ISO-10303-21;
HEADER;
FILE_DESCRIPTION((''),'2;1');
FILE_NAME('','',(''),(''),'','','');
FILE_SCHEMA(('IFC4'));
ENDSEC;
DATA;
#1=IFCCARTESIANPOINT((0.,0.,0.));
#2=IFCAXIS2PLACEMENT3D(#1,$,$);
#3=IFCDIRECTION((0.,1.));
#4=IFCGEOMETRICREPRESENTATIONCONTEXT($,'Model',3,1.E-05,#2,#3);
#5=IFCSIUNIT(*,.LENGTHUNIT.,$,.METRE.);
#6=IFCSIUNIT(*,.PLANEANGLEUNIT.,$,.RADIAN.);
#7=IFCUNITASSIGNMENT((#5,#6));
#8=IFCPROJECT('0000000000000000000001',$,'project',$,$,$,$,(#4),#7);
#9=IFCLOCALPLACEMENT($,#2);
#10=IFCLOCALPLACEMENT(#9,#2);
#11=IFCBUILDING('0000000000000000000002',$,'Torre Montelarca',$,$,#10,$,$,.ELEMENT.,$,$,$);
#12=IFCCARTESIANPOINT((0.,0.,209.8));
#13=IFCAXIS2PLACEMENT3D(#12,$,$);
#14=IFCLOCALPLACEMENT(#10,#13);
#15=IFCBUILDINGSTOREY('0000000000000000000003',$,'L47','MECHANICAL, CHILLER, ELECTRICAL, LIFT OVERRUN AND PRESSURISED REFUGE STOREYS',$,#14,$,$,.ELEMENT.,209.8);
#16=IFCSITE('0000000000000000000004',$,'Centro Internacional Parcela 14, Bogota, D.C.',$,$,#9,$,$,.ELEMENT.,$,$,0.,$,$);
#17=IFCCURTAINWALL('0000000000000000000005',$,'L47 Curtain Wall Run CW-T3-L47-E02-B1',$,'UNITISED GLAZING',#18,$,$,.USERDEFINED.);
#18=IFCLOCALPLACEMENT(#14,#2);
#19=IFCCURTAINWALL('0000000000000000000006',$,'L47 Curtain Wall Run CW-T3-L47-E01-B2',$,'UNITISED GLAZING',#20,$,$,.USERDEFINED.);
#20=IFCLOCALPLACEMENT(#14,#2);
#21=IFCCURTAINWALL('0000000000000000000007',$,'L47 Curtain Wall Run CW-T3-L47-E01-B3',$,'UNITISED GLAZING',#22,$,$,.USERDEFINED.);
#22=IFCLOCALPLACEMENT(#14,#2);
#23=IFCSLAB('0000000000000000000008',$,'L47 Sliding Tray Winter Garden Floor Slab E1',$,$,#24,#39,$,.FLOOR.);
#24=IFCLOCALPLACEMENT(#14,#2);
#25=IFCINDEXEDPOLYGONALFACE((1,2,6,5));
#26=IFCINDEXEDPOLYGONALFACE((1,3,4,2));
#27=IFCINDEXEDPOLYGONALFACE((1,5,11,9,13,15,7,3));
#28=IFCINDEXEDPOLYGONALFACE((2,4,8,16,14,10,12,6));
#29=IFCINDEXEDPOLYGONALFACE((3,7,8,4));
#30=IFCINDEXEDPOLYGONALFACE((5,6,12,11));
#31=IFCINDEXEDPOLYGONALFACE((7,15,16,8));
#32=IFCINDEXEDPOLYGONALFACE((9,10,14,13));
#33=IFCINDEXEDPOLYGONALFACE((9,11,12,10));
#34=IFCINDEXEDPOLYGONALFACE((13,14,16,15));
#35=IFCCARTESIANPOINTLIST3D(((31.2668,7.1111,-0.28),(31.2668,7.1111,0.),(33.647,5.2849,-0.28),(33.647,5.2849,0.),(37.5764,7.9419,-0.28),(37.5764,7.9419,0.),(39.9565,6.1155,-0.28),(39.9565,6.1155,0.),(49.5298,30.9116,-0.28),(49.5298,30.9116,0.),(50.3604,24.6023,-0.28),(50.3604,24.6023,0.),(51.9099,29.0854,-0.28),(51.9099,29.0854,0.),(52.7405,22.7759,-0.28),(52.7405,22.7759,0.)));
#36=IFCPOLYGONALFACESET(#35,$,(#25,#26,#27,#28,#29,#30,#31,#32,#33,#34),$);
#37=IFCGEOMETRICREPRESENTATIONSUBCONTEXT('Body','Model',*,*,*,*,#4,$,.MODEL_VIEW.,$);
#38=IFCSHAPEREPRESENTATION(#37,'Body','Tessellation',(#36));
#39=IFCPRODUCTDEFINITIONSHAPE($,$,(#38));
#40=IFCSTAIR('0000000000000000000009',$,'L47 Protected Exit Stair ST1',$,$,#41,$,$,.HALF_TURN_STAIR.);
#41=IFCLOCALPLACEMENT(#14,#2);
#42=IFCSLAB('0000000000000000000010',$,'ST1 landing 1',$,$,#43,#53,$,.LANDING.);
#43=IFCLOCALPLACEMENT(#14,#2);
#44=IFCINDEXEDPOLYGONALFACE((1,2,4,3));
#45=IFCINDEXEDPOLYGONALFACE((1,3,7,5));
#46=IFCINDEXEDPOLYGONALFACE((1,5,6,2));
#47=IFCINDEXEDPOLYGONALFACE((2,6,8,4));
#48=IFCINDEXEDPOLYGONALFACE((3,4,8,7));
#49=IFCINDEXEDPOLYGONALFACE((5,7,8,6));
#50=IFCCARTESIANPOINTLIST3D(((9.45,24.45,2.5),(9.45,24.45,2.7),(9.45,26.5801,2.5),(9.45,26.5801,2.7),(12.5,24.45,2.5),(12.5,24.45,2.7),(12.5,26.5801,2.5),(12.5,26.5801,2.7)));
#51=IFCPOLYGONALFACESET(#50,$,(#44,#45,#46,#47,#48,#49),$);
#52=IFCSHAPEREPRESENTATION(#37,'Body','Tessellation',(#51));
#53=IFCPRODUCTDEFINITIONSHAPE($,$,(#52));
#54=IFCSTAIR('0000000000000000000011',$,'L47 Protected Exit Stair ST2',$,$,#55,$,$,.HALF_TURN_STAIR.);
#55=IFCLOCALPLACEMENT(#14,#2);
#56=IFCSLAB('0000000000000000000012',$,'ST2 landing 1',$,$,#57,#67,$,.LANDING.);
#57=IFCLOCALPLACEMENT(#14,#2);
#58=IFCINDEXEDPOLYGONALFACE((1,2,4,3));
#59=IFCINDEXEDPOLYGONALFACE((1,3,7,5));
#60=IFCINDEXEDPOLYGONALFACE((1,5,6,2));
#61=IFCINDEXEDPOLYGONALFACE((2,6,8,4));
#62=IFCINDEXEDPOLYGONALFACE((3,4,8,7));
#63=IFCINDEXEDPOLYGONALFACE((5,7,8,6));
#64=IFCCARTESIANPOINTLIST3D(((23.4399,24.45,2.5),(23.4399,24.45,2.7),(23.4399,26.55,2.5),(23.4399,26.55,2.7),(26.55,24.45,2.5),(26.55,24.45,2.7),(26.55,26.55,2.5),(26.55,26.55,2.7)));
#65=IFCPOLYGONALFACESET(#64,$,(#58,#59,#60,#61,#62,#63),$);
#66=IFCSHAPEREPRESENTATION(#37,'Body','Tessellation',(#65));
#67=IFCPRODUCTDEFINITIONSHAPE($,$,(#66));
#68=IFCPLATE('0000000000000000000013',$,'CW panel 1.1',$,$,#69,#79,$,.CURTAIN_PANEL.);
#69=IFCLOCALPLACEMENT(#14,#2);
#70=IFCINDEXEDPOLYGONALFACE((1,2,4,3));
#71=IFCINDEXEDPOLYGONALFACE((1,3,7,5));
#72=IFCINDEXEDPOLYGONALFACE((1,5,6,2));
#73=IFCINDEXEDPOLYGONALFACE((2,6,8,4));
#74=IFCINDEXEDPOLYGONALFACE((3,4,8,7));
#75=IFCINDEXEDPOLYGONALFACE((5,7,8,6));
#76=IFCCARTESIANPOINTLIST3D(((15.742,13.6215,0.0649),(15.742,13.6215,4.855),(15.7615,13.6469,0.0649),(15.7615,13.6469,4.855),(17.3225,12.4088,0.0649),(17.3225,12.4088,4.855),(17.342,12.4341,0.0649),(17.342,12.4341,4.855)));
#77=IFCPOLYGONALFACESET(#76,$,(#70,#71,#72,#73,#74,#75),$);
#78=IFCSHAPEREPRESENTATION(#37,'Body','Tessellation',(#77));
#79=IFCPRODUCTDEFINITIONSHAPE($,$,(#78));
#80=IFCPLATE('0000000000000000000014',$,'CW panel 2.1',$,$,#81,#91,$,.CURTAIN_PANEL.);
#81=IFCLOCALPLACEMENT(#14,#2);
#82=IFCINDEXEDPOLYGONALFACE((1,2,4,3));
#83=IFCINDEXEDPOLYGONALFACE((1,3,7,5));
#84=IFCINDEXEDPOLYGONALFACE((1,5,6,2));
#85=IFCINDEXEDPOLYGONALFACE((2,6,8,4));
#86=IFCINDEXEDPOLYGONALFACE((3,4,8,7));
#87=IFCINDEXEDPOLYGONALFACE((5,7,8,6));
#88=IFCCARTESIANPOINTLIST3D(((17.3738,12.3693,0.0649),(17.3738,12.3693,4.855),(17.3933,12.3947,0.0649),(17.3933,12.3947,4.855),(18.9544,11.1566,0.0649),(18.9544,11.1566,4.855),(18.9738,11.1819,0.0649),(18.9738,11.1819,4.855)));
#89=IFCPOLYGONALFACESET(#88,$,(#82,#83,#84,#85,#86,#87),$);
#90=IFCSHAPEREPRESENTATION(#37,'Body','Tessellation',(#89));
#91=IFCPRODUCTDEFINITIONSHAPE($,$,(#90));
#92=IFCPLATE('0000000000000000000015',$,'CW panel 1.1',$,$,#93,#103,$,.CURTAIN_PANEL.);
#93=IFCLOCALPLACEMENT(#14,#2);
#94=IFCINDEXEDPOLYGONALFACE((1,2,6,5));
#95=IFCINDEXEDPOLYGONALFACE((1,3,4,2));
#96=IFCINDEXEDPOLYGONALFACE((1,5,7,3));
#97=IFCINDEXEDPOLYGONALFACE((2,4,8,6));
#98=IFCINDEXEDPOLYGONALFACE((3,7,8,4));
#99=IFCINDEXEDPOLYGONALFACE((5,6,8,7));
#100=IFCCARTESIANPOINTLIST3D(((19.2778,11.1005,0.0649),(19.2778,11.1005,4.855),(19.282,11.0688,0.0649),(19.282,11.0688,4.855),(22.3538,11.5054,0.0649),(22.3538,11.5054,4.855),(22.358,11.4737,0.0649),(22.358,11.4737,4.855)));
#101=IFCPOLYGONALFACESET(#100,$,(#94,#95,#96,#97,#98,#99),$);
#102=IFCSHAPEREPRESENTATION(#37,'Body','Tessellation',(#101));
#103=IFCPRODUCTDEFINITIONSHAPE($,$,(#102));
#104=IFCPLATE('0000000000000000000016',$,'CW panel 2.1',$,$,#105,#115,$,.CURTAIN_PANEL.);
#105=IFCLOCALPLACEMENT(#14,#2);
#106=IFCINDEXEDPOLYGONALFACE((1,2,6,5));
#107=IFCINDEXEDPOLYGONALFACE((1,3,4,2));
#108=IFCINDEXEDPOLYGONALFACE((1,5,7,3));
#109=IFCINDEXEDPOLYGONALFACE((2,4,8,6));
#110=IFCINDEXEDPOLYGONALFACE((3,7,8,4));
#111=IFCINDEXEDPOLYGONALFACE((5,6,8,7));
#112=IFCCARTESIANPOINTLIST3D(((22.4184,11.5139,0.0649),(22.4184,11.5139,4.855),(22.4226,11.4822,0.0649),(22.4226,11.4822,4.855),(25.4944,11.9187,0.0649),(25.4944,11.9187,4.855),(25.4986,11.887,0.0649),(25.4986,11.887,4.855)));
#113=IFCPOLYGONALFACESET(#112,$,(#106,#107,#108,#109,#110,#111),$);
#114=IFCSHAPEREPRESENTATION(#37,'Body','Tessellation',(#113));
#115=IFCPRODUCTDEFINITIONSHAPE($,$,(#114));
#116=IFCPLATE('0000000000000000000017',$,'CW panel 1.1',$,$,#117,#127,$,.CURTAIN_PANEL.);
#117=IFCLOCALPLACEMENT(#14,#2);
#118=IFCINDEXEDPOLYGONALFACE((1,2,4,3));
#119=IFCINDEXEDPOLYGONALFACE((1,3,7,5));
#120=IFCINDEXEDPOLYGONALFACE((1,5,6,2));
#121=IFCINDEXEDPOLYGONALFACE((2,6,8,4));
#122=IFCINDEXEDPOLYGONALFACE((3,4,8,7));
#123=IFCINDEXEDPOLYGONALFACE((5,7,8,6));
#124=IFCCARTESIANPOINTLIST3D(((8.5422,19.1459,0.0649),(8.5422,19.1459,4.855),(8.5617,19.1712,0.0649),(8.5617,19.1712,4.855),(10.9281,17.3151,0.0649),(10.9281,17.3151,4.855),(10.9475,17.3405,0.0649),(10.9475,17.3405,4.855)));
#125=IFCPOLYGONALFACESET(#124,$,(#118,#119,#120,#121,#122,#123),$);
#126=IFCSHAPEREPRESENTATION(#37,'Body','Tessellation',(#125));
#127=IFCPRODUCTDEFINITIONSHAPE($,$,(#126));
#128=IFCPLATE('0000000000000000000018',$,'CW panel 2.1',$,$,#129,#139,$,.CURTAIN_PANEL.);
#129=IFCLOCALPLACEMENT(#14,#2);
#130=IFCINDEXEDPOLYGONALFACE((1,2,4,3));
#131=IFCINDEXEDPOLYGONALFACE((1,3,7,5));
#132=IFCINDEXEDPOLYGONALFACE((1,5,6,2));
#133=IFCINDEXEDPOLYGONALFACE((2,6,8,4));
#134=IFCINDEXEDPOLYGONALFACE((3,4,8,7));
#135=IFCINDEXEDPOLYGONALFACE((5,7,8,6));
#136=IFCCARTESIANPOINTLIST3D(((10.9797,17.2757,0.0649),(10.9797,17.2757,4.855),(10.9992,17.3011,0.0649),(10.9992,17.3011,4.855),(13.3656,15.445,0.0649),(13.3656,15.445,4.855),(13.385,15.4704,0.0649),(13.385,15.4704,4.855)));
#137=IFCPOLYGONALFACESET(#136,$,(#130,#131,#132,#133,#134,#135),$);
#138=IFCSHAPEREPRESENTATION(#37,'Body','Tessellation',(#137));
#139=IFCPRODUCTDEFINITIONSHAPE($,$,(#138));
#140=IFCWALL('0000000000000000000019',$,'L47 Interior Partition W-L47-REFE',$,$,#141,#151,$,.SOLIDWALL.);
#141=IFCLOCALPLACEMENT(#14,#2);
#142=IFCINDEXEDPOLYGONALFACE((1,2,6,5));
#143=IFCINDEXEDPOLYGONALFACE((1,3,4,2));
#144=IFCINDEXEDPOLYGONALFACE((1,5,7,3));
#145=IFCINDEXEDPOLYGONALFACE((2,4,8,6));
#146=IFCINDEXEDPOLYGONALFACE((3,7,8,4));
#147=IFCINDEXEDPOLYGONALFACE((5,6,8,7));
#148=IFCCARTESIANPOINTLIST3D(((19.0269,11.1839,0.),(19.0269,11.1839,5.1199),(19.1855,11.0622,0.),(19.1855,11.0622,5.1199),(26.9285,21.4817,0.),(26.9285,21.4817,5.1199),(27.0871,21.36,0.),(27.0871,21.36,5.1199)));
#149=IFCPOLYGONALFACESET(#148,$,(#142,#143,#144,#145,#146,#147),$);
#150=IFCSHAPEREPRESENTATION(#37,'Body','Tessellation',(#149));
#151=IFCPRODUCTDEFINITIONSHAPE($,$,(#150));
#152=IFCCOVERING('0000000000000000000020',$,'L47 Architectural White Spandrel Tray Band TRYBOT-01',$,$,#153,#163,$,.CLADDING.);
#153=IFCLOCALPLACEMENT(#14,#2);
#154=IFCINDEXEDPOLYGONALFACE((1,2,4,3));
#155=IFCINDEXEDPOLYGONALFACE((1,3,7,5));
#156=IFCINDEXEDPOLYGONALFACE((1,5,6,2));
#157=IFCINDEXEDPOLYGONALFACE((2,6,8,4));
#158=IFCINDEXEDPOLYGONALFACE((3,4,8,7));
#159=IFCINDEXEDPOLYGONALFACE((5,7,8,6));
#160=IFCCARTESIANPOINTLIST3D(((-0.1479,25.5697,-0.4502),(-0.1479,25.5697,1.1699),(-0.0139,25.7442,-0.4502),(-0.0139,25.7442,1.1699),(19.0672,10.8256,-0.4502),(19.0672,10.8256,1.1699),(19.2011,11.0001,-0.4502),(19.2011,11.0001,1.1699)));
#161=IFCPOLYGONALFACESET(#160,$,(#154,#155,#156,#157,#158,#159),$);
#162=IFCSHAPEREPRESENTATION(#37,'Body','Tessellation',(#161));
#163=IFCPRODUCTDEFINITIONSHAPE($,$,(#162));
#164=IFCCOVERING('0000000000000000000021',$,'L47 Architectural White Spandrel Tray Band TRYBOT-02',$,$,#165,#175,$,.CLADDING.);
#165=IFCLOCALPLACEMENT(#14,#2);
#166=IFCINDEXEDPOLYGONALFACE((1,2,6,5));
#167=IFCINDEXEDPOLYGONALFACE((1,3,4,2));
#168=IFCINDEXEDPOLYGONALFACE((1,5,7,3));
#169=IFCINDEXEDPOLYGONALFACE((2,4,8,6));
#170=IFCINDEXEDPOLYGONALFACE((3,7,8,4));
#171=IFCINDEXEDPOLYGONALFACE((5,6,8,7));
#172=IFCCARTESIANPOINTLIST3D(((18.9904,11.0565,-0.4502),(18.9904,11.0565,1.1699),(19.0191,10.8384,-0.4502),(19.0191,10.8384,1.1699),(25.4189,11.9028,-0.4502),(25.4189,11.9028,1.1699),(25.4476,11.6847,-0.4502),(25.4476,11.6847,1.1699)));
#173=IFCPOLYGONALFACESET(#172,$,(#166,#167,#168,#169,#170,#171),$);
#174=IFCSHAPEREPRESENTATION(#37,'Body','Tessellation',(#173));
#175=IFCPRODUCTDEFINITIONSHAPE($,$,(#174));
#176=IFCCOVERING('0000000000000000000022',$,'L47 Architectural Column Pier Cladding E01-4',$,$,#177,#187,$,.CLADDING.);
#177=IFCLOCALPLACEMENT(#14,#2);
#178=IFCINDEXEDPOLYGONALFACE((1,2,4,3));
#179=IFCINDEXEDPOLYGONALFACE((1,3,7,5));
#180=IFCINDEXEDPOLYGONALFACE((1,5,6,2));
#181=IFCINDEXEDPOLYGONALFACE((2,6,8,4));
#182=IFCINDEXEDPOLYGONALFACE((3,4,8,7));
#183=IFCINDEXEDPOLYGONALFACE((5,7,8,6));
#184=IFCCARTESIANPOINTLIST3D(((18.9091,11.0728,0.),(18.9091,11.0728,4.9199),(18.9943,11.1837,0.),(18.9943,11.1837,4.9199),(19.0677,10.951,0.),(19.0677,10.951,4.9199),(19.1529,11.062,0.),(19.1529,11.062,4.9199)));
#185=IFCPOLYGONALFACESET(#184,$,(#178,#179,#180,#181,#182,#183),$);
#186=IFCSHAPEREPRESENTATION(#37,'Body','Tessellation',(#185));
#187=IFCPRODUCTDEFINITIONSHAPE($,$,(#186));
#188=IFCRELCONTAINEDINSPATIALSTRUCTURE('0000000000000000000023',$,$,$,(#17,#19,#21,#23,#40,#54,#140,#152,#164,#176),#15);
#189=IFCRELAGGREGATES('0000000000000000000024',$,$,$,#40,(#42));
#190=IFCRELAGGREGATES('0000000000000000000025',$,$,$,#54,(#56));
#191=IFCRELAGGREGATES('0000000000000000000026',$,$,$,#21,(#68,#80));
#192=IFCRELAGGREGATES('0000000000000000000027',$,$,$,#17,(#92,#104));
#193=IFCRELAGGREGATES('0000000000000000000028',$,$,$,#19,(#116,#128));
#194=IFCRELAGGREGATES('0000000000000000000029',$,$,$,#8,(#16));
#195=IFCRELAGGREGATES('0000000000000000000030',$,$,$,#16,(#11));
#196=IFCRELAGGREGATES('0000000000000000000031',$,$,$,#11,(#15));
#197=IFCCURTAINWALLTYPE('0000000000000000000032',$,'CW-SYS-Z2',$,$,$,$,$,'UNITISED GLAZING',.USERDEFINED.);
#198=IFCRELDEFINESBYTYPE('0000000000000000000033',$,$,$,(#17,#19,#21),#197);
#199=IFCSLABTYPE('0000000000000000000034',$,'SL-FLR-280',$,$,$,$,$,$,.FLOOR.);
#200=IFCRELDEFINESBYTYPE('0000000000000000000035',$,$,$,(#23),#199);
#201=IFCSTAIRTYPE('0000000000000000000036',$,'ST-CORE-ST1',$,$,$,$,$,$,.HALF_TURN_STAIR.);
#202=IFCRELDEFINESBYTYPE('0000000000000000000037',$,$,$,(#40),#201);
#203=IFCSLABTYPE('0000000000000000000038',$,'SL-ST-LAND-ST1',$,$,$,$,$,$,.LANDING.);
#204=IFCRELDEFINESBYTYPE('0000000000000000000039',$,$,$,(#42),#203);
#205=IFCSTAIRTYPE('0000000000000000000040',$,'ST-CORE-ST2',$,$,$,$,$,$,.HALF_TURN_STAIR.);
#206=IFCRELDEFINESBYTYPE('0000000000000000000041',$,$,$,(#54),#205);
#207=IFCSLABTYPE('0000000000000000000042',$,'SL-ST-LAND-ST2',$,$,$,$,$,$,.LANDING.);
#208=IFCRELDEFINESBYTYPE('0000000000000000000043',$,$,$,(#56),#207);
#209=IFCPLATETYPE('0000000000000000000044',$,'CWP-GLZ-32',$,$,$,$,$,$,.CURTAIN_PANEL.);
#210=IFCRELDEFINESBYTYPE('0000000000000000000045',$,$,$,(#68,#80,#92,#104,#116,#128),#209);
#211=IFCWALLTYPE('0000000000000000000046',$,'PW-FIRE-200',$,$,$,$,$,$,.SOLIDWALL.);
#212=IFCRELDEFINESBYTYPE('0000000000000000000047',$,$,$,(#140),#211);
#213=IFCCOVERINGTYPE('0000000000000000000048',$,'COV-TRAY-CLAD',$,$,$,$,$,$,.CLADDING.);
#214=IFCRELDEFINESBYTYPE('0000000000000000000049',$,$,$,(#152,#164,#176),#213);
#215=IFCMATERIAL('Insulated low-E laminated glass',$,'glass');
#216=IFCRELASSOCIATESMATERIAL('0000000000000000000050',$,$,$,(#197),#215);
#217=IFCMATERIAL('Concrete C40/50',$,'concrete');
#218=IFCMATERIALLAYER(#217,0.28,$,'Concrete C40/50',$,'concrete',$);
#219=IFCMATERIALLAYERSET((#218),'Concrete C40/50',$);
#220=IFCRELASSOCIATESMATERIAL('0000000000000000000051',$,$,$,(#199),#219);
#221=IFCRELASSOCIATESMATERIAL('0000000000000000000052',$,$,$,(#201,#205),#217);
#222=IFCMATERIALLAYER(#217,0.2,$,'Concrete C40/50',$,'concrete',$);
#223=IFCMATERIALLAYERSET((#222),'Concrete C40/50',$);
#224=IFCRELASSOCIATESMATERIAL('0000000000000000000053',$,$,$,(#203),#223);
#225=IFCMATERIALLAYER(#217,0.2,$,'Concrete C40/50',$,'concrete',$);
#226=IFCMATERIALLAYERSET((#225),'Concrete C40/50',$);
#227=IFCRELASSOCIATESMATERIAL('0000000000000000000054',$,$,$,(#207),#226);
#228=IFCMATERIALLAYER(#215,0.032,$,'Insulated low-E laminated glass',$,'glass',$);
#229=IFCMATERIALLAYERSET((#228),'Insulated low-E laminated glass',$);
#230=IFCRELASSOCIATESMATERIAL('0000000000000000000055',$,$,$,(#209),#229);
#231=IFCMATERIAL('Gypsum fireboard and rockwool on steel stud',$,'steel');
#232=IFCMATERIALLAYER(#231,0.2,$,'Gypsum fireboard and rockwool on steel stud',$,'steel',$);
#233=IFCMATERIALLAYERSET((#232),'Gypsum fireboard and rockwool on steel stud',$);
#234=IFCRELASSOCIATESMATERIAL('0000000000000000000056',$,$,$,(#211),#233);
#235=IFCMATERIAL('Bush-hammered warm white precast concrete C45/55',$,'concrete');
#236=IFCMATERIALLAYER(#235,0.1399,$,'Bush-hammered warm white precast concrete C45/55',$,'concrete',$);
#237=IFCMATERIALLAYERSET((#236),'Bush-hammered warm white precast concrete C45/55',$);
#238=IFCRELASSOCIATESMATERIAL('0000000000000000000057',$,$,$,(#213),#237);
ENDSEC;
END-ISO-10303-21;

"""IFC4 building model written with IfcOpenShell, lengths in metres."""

from ifc_helpers import new_model, si_unit, direction, frame, frame_2d, origin, origin_2d, place, context, subcontext, project, spatial, polyline, rectangle, outline, extrude, source, transform, mapped, material, layer, layer_set, type_object, element, aggregate, save


model = new_model("IFC4")

# Units and contexts
model_context = context("Model", 3, precision=1e-05, world=origin(), true_north=direction((0.0, 1.0)))
body_context = subcontext(model_context, "Body", "Model", "MODEL_VIEW")
ifc_project = project(units=[si_unit("LENGTHUNIT", "METRE"), si_unit("PLANEANGLEUNIT", "RADIAN")], contexts=[model_context])

# Site, building, storey
site_placement = place(None, origin())
site = spatial("IfcSite", under=ifc_project, at=site_placement, Name="Centro Internacional Parcela 14, Bogota, D.C.", CompositionType="ELEMENT", RefElevation=0.0)
building_placement = place(site_placement, origin())
building = spatial("IfcBuilding", under=site, at=building_placement, Name="Torre Montelarca", CompositionType="ELEMENT")
storey_placement = place(building_placement, frame((0.0, 0.0, 209.8)))
storey = spatial("IfcBuildingStorey", under=building, at=storey_placement, Name="L47", Description="MECHANICAL, CHILLER, ELECTRICAL, LIFT OVERRUN AND PRESSURISED REFUGE STOREYS", CompositionType="ELEMENT", Elevation=209.8)

# Curtain walls
ifc_material_1 = material(Name="Insulated low-E laminated glass", Category="glass")
curtain_wall_type = type_object("IfcCurtainWallType", Name="CW-SYS-Z2", ElementType="UNITISED GLAZING", PredefinedType="USERDEFINED", material=ifc_material_1)
curtain_wall_1_placement = place(storey_placement, origin())
curtain_wall_1 = element("IfcCurtainWall", 1, at=curtain_wall_1_placement, inside=storey, type_object=curtain_wall_type, Name="L47 Curtain Wall Run CW-T3-L47-E02-B1", ObjectType="UNITISED GLAZING", PredefinedType="USERDEFINED")
curtain_wall_2_placement = place(storey_placement, origin())
curtain_wall_2 = element("IfcCurtainWall", 2, at=curtain_wall_2_placement, inside=storey, type_object=curtain_wall_type, Name="L47 Curtain Wall Run CW-T3-L47-E01-B2", ObjectType="UNITISED GLAZING", PredefinedType="USERDEFINED")
curtain_wall_3_placement = place(storey_placement, origin())
curtain_wall_3 = element("IfcCurtainWall", 3, at=curtain_wall_3_placement, inside=storey, type_object=curtain_wall_type, Name="L47 Curtain Wall Run CW-T3-L47-E01-B3", ObjectType="UNITISED GLAZING", PredefinedType="USERDEFINED")

# Slab
ifc_material_2 = material(Name="Concrete C40/50", Category="concrete")
ifc_layer_1 = layer(ifc_material_2, 0.28, Name="Concrete C40/50", Category="concrete")
ifc_layer_set_1 = layer_set([ifc_layer_1], Name="Concrete C40/50")
slab_type_1 = type_object("IfcSlabType", Name="SL-FLR-280", PredefinedType="FLOOR", material=ifc_layer_set_1)
slab_1_placement = place(storey_placement, frame((0.0, 0.0, -0.28)))
element("IfcSlab", 4, at=slab_1_placement, inside=storey, type_object=slab_type_1, Name="L47 Sliding Tray Winter Garden Floor Slab E1", PredefinedType="FLOOR", context=body_context, shape_type="SweptSolid", body=[
    extrude(outline(polyline([(49.5298, 30.9116), (50.3604, 24.6023), (37.5764, 7.9419), (31.2668, 7.1111), (33.647, 5.2849), (39.9565, 6.1155), (52.7405, 22.7759), (51.9099, 29.0854), (49.5298, 30.9116)])), origin(), (0.0, 0.0, 1.0), 0.28),
])

# Stairs, slabs
stair_type_1 = type_object("IfcStairType", Name="ST-CORE-ST1", PredefinedType="HALF_TURN_STAIR", material=ifc_material_2)
stair_1_placement = place(storey_placement, origin())
stair_1 = element("IfcStair", 5, at=stair_1_placement, inside=storey, type_object=stair_type_1, Name="L47 Protected Exit Stair ST1", PredefinedType="HALF_TURN_STAIR")
ifc_layer_2 = layer(ifc_material_2, 0.2, Name="Concrete C40/50", Category="concrete")
ifc_layer_set_2 = layer_set([ifc_layer_2], Name="Concrete C40/50")
slab_type_2 = type_object("IfcSlabType", Name="SL-ST-LAND-ST1", PredefinedType="LANDING", material=ifc_layer_set_2)
slab_2_placement = place(storey_placement, frame((0.0, 0.0, 2.5)))
slab_2 = element("IfcSlab", 6, at=slab_2_placement, type_object=slab_type_2, Name="ST1 landing 1", PredefinedType="LANDING", context=body_context, shape_type="SweptSolid", body=[
    extrude(outline(polyline([(9.45, 26.5801), (9.45, 24.45), (12.5, 24.45), (12.5, 26.5801), (9.45, 26.5801)])), origin(), (0.0, 0.0, 1.0), 0.2),
])
aggregate(stair_1, [slab_2])
stair_type_2 = type_object("IfcStairType", Name="ST-CORE-ST2", PredefinedType="HALF_TURN_STAIR", material=ifc_material_2)
stair_2_placement = place(storey_placement, origin())
stair_2 = element("IfcStair", 7, at=stair_2_placement, inside=storey, type_object=stair_type_2, Name="L47 Protected Exit Stair ST2", PredefinedType="HALF_TURN_STAIR")
ifc_layer_3 = layer(ifc_material_2, 0.2, Name="Concrete C40/50", Category="concrete")
ifc_layer_set_3 = layer_set([ifc_layer_3], Name="Concrete C40/50")
slab_type_3 = type_object("IfcSlabType", Name="SL-ST-LAND-ST2", PredefinedType="LANDING", material=ifc_layer_set_3)
slab_3_placement = place(storey_placement, frame((0.0, 0.0, 2.5)))
slab_3 = element("IfcSlab", 8, at=slab_3_placement, type_object=slab_type_3, Name="ST2 landing 1", PredefinedType="LANDING", context=body_context, shape_type="SweptSolid", body=[
    extrude(outline(polyline([(23.4399, 26.55), (23.4399, 24.45), (26.55, 24.45), (26.55, 26.55), (23.4399, 26.55)])), origin(), (0.0, 0.0, 1.0), 0.2),
])
aggregate(stair_2, [slab_3])

# Plates
ifc_layer_4 = layer(ifc_material_1, 0.032, Name="Insulated low-E laminated glass", Category="glass")
ifc_layer_set_4 = layer_set([ifc_layer_4], Name="Insulated low-E laminated glass")
plate_type = type_object("IfcPlateType", Name="CWP-GLZ-32", PredefinedType="CURTAIN_PANEL", material=ifc_layer_set_4)
shared_shape_1 = source(origin(), body_context, "Body", "SweptSolid", [
    extrude(rectangle(XDim=1.9922, YDim=0.032, at=origin_2d()), origin(), (0.0, 0.0, 1.0), 4.79),
])
plate_1_placement = place(storey_placement, frame((16.542, 13.0278, 0.0649), z_axis=(0.0, 0.0, 1.0), x_axis=(0.793359, -0.608754, 0.0)))
plate_1 = element("IfcPlate", 9, at=plate_1_placement, type_object=plate_type, Name="CW panel 1.1", PredefinedType="CURTAIN_PANEL", context=body_context, shape_type="MappedRepresentation", body=[
    mapped(shared_shape_1, transform((0.0, 0.0, 0.0), scale=1.0)),
])
plate_2_placement = place(storey_placement, frame((18.1738, 11.7756, 0.0649), z_axis=(0.0, 0.0, 1.0), x_axis=(0.793359, -0.608754, 0.0)))
plate_2 = element("IfcPlate", 10, at=plate_2_placement, type_object=plate_type, Name="CW panel 2.1", PredefinedType="CURTAIN_PANEL", context=body_context, shape_type="MappedRepresentation", body=[
    mapped(shared_shape_1, transform((0.0, 0.0, 0.0), scale=1.0)),
])
aggregate(curtain_wall_3, [plate_1, plate_2])
shared_shape_2 = source(origin(), body_context, "Body", "SweptSolid", [
    extrude(rectangle(XDim=3.1025, YDim=0.032, at=origin_2d()), origin(), (0.0, 0.0, 1.0), 4.79),
])
plate_3_placement = place(storey_placement, frame((20.8179, 11.2871, 0.0649), z_axis=(0.0, 0.0, 1.0), x_axis=(0.991449, 0.130495, 0.0)))
plate_3 = element("IfcPlate", 11, at=plate_3_placement, type_object=plate_type, Name="CW panel 1.1", PredefinedType="CURTAIN_PANEL", context=body_context, shape_type="MappedRepresentation", body=[
    mapped(shared_shape_2, transform((0.0, 0.0, 0.0), scale=1.0)),
])
plate_4_placement = place(storey_placement, frame((23.9585, 11.7004, 0.0649), z_axis=(0.0, 0.0, 1.0), x_axis=(0.991449, 0.130495, 0.0)))
plate_4 = element("IfcPlate", 12, at=plate_4_placement, type_object=plate_type, Name="CW panel 2.1", PredefinedType="CURTAIN_PANEL", context=body_context, shape_type="MappedRepresentation", body=[
    mapped(shared_shape_2, transform((0.0, 0.0, 0.0), scale=1.0)),
])
aggregate(curtain_wall_1, [plate_3, plate_4])
shared_shape_3 = source(origin(), body_context, "Body", "SweptSolid", [
    extrude(rectangle(XDim=3.0073, YDim=0.032, at=origin_2d()), origin(), (0.0, 0.0, 1.0), 4.79),
])
plate_5_placement = place(storey_placement, frame((9.7449, 18.2432, 0.0649), z_axis=(0.0, 0.0, 1.0), x_axis=(0.793352, -0.608763, 0.0)))
plate_5 = element("IfcPlate", 13, at=plate_5_placement, type_object=plate_type, Name="CW panel 1.1", PredefinedType="CURTAIN_PANEL", context=body_context, shape_type="MappedRepresentation", body=[
    mapped(shared_shape_3, transform((0.0, 0.0, 0.0), scale=1.0)),
])
plate_6_placement = place(storey_placement, frame((12.1824, 16.373, 0.0649), z_axis=(0.0, 0.0, 1.0), x_axis=(0.793352, -0.608763, 0.0)))
plate_6 = element("IfcPlate", 14, at=plate_6_placement, type_object=plate_type, Name="CW panel 2.1", PredefinedType="CURTAIN_PANEL", context=body_context, shape_type="MappedRepresentation", body=[
    mapped(shared_shape_3, transform((0.0, 0.0, 0.0), scale=1.0)),
])
aggregate(curtain_wall_2, [plate_5, plate_6])

# Wall
ifc_material_3 = material(Name="Gypsum fireboard and rockwool on steel stud", Category="steel")
ifc_layer_5 = layer(ifc_material_3, 0.2, Name="Gypsum fireboard and rockwool on steel stud", Category="steel")
ifc_layer_set_5 = layer_set([ifc_layer_5], Name="Gypsum fireboard and rockwool on steel stud")
wall_type = type_object("IfcWallType", Name="PW-FIRE-200", PredefinedType="SOLIDWALL", material=ifc_layer_set_5)
wall_placement = place(storey_placement, frame((19.1062, 11.123, 0.0), z_axis=(0.0, 0.0, 1.0), x_axis=(0.608751, 0.793361, 0.0)))
element("IfcWall", 15, at=wall_placement, inside=storey, type_object=wall_type, Name="L47 Interior Partition W-L47-REFE", PredefinedType="SOLIDWALL", context=body_context, shape_type="SweptSolid", body=[
    extrude(rectangle(XDim=12.98, YDim=0.2, at=frame_2d((6.49, 0.0))), origin(), (0.0, 0.0, 1.0), 5.1199),
])

# Coverings
ifc_material_4 = material(Name="Bush-hammered warm white precast concrete C45/55", Category="concrete")
ifc_layer_6 = layer(ifc_material_4, 0.1399, Name="Bush-hammered warm white precast concrete C45/55", Category="concrete")
ifc_layer_set_6 = layer_set([ifc_layer_6], Name="Bush-hammered warm white precast concrete C45/55")
covering_type = type_object("IfcCoveringType", Name="COV-TRAY-CLAD", PredefinedType="CLADDING", material=ifc_layer_set_6)
shared_shape_4 = source(origin(), body_context, "Body", "SweptSolid", [
    extrude(rectangle(XDim=24.22, YDim=0.22, at=origin_2d()), origin(), (0.0, 0.0, 1.0), 1.6201),
])
covering_1_placement = place(storey_placement, frame((9.5266, 18.2849, -0.4502), z_axis=(0.0, 0.0, 1.0), x_axis=(0.793354, -0.60876, 0.0)))
element("IfcCovering", 16, at=covering_1_placement, inside=storey, type_object=covering_type, Name="L47 Architectural White Spandrel Tray Band TRYBOT-01", PredefinedType="CLADDING", context=body_context, shape_type="MappedRepresentation", body=[
    mapped(shared_shape_4, transform((0.0, 0.0, 0.0), scale=1.0)),
])
shared_shape_5 = source(origin(), body_context, "Body", "SweptSolid", [
    extrude(rectangle(XDim=6.4839, YDim=0.22, at=origin_2d()), origin(), (0.0, 0.0, 1.0), 1.6201),
])
covering_2_placement = place(storey_placement, frame((22.219, 11.3706, -0.4502), z_axis=(0.0, 0.0, 1.0), x_axis=(0.991446, 0.130518, 0.0)))
element("IfcCovering", 17, at=covering_2_placement, inside=storey, type_object=covering_type, Name="L47 Architectural White Spandrel Tray Band TRYBOT-02", PredefinedType="CLADDING", context=body_context, shape_type="MappedRepresentation", body=[
    mapped(shared_shape_5, transform((0.0, 0.0, 0.0), scale=1.0)),
])
shared_shape_6 = source(origin(), body_context, "Body", "SweptSolid", [
    extrude(rectangle(XDim=0.2, YDim=0.1399, at=origin_2d()), origin(), (0.0, 0.0, 1.0), 4.9199),
])
for number, where, z_axis, x_axis, name in (
    (18, (19.031, 11.0674, 0.0), (0.0, 0.0, 1.0), (0.793352, -0.608763, 0.0), "L47 Architectural Column Pier Cladding E01-4"),
):
    element("IfcCovering", number, at=place(storey_placement, frame(where, z_axis=z_axis, x_axis=x_axis)), inside=storey, type_object=covering_type, Name=name, PredefinedType="CLADDING", context=body_context, shape_type="MappedRepresentation", body=[
        mapped(shared_shape_6, transform((0.0, 0.0, 0.0), scale=1.0)),
    ])

save(model, "model.ifc")
